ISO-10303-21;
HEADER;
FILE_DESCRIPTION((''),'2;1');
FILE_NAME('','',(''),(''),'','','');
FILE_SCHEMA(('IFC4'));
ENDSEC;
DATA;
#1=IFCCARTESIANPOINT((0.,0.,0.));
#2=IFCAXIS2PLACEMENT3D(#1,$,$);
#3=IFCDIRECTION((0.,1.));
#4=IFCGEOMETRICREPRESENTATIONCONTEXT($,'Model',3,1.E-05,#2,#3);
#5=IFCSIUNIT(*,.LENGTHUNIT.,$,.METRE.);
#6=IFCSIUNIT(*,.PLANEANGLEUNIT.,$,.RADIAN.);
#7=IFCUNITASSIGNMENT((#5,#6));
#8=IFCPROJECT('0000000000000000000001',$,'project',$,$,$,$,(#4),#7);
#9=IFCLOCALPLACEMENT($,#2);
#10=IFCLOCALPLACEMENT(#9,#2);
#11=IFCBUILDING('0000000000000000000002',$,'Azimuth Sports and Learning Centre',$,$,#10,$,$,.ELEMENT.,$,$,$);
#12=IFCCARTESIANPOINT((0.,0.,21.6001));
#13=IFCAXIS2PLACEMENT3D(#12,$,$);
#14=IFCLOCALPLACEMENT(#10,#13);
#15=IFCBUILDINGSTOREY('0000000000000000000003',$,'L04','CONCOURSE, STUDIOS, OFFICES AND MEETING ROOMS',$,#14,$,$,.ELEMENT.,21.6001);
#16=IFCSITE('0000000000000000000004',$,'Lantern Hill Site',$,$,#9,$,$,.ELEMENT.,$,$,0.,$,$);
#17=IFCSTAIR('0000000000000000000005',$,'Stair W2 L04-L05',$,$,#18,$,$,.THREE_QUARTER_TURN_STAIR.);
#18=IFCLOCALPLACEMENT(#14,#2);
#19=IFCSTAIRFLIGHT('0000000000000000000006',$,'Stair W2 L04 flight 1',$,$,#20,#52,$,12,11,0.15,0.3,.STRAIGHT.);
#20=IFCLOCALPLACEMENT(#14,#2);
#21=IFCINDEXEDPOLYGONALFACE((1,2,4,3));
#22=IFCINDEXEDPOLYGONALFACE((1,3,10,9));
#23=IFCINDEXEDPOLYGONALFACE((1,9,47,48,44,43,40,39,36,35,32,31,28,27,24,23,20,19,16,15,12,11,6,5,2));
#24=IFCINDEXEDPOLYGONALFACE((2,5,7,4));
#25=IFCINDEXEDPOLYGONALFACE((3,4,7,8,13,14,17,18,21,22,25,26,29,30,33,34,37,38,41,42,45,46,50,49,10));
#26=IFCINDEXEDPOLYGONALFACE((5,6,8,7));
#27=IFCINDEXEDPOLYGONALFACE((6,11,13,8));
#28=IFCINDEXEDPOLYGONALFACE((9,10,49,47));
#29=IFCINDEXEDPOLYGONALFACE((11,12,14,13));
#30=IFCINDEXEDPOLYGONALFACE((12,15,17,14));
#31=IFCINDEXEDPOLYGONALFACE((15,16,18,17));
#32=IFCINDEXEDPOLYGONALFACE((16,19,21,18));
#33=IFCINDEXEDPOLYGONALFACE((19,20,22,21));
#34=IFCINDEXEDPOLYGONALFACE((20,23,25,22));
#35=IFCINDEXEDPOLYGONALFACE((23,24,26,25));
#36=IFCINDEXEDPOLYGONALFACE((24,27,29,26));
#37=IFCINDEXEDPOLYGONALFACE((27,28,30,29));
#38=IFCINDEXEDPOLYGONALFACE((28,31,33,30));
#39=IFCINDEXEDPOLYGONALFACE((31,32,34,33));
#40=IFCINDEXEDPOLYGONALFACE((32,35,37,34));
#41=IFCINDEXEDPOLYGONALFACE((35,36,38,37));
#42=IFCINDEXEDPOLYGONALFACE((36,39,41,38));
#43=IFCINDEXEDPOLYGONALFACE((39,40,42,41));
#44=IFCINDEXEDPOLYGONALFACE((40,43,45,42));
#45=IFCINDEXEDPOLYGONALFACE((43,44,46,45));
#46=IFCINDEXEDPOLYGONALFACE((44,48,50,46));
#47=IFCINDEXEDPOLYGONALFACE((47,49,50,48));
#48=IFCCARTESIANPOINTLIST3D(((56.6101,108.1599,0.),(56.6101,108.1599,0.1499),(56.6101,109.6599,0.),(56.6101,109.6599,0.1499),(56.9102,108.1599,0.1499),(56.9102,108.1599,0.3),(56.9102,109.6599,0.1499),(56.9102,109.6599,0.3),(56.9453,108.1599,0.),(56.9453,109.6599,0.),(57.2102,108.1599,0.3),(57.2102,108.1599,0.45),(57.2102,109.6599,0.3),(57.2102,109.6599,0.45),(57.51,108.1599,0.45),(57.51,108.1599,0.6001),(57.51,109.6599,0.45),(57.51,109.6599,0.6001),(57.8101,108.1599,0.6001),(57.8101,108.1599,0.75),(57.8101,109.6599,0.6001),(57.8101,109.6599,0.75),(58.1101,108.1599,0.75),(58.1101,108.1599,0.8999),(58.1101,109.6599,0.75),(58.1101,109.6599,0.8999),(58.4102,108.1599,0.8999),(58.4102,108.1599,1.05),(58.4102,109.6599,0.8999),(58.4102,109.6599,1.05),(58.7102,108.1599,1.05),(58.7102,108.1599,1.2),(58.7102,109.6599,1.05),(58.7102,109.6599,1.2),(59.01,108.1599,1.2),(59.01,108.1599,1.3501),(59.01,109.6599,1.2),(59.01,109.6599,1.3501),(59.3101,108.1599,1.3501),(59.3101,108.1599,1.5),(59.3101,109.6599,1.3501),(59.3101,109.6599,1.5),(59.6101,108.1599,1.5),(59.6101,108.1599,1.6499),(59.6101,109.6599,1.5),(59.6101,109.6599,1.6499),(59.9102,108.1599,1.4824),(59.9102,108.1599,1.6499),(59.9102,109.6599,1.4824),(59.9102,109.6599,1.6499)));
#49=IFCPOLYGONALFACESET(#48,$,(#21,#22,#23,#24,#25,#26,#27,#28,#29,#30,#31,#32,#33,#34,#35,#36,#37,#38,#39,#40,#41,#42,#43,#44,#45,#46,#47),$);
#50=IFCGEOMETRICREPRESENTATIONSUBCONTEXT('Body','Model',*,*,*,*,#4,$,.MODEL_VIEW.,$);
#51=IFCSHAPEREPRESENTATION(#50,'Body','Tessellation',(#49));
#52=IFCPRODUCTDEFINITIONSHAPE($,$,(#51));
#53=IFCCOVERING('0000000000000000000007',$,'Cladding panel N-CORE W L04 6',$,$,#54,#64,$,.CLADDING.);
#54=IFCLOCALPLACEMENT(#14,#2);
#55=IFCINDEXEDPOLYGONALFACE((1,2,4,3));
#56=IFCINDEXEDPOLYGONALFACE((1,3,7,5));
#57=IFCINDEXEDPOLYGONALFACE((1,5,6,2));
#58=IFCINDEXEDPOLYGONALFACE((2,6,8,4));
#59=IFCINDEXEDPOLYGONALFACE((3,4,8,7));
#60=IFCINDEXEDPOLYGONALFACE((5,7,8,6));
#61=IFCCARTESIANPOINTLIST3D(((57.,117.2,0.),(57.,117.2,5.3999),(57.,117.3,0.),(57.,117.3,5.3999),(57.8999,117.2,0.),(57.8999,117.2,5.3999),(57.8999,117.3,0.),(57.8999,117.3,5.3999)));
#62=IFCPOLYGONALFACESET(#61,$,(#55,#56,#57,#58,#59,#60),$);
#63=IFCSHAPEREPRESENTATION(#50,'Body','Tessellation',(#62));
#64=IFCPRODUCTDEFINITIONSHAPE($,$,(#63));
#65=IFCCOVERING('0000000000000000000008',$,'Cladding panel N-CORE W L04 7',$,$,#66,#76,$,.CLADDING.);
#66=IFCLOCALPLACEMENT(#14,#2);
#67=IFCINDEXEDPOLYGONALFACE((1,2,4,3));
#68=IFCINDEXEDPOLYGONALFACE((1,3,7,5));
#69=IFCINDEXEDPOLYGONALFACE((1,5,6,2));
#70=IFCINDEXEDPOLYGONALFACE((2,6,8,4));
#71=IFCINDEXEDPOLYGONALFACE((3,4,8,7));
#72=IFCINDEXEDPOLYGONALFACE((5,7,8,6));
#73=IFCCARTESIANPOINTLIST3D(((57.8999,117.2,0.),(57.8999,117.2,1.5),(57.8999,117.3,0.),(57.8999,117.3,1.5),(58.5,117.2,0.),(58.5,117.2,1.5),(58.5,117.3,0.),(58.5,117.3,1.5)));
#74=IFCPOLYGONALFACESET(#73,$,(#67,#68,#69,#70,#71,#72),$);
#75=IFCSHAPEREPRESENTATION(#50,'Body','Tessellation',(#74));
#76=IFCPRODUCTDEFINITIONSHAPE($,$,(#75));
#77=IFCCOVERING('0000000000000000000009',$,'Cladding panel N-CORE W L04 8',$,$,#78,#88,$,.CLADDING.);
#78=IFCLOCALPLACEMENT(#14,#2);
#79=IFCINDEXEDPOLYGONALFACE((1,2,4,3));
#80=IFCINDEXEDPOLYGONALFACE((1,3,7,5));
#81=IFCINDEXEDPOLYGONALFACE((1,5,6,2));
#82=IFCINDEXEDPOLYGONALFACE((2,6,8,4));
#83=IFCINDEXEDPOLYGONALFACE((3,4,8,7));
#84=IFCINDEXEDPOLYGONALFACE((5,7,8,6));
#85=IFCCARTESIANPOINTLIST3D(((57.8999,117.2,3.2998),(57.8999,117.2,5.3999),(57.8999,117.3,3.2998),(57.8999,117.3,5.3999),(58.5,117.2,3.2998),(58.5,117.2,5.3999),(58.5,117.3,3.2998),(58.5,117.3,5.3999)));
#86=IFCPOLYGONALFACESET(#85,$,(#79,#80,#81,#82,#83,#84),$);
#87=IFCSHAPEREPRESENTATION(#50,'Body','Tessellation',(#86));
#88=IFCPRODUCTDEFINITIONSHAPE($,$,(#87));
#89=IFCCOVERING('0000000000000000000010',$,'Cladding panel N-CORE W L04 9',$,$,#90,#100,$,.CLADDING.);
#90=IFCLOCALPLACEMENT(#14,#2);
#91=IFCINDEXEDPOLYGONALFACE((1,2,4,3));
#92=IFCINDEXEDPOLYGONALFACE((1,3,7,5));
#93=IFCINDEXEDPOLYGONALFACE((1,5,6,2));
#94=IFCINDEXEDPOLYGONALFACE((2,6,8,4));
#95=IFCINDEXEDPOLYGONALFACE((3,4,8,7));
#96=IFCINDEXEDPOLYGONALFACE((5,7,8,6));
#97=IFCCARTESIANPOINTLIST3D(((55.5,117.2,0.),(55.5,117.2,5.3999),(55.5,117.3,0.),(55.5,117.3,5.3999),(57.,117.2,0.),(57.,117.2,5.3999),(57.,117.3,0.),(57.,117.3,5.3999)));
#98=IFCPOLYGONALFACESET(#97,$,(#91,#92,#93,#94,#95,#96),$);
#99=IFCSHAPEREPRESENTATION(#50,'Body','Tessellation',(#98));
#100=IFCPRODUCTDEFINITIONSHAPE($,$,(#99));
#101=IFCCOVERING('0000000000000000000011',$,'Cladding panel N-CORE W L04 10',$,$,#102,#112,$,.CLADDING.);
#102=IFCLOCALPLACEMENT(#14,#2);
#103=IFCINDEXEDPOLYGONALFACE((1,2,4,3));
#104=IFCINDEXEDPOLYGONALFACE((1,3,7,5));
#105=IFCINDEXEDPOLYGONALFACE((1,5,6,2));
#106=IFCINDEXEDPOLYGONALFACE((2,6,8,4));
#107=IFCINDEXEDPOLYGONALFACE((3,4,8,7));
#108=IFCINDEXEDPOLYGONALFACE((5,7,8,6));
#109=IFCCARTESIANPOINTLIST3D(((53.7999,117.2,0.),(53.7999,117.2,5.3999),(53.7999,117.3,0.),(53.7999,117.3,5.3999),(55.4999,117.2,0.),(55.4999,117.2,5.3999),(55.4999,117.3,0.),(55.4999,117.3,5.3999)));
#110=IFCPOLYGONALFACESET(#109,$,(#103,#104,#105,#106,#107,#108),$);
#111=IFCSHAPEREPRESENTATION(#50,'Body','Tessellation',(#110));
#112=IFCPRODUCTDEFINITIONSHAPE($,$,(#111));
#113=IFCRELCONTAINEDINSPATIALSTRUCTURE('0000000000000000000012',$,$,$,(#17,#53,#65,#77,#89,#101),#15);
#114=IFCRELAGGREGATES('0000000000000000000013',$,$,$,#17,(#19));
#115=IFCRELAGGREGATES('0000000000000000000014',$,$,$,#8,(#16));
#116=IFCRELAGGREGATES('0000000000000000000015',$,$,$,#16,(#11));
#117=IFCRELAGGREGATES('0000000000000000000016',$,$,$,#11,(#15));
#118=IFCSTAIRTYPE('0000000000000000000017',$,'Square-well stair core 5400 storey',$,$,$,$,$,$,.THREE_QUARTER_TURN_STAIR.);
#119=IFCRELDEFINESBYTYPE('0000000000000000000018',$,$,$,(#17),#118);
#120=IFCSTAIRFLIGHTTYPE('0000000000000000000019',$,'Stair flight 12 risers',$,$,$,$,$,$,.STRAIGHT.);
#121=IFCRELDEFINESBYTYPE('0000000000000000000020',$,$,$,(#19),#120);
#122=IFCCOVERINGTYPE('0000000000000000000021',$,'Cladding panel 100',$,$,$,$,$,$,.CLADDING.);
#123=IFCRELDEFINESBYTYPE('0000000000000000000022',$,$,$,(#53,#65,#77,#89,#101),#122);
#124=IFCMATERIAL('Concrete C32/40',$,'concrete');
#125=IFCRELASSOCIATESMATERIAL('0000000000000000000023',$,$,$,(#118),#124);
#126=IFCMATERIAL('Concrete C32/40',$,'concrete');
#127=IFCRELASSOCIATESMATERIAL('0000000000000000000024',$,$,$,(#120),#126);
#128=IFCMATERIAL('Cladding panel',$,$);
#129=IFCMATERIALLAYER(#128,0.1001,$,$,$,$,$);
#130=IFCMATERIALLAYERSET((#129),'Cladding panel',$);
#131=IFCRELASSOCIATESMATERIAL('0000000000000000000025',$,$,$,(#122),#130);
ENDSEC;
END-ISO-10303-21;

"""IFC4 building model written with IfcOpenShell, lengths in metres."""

from ifc_helpers import new_model, si_unit, direction, frame, origin, origin_2d, place, context, subcontext, project, spatial, polyline, rectangle, outline, extrude, material, layer, layer_set, type_object, element, aggregate, save


model = new_model("IFC4")

# Units and contexts
model_context = context("Model", 3, precision=1e-05, world=origin(), true_north=direction((0.0, 1.0)))
body_context = subcontext(model_context, "Body", "Model", "MODEL_VIEW")
ifc_project = project(units=[si_unit("LENGTHUNIT", "METRE"), si_unit("PLANEANGLEUNIT", "RADIAN")], contexts=[model_context])

# Site, building, storey
site_placement = place(None, origin())
site = spatial("IfcSite", under=ifc_project, at=site_placement, Name="Lantern Hill Site", CompositionType="ELEMENT", RefElevation=0.0)
building_placement = place(site_placement, origin())
building = spatial("IfcBuilding", under=site, at=building_placement, Name="Azimuth Sports and Learning Centre", CompositionType="ELEMENT")
storey_placement = place(building_placement, frame((0.0, 0.0, 21.6001)))
storey = spatial("IfcBuildingStorey", under=building, at=storey_placement, Name="L04", Description="CONCOURSE, STUDIOS, OFFICES AND MEETING ROOMS", CompositionType="ELEMENT", Elevation=21.6001)

# Stair, stair flight
ifc_material_1 = material(Name="Concrete C32/40", Category="concrete")
stair_type = type_object("IfcStairType", Name="Square-well stair core 5400 storey", PredefinedType="THREE_QUARTER_TURN_STAIR", material=ifc_material_1)
stair_placement = place(storey_placement, origin())
stair = element("IfcStair", 1, at=stair_placement, inside=storey, type_object=stair_type, Name="Stair W2 L04-L05", PredefinedType="THREE_QUARTER_TURN_STAIR")
ifc_material_2 = material(Name="Concrete C32/40", Category="concrete")
stair_flight_type = type_object("IfcStairFlightType", Name="Stair flight 12 risers", PredefinedType="STRAIGHT", material=ifc_material_2)
stair_flight_placement = place(storey_placement, frame((56.6101, 108.9099, 0.0), z_axis=(0.0, 0.0, 1.0), x_axis=(1.0, 0.0, 0.0)))
stair_flight = element("IfcStairFlight", 2, at=stair_flight_placement, type_object=stair_flight_type, Name="Stair W2 L04 flight 1", NumberOfRisers=12, NumberOfTreads=11, PredefinedType="STRAIGHT", RiserHeight=0.15, TreadLength=0.3, context=body_context, shape_type="SweptSolid", body=[
    extrude(outline(polyline([(0.0, 0.0), (0.0, 0.1499), (0.3, 0.1499), (0.3, 0.3), (0.6001, 0.3), (0.6001, 0.45), (0.8999, 0.45), (0.8999, 0.6001), (1.2, 0.6001), (1.2, 0.75), (1.5, 0.75), (1.5, 0.8999), (1.8, 0.8999), (1.8, 1.05), (2.1001, 1.05), (2.1001, 1.2), (2.3999, 1.2), (2.3999, 1.3501), (2.7, 1.3501), (2.7, 1.5), (3.0, 1.5), (3.0, 1.6499), (3.3, 1.6499), (3.3, 1.8), (3.3, 1.4824), (0.3352, 0.0), (0.0, 0.0)])), frame((0.0, 0.75, 0.0), z_axis=(0.0, -1.0, 0.0), x_axis=(1.0, 0.0, 0.0)), (0.0, 0.0, 1.0), 1.5),
])
aggregate(stair, [stair_flight])

# Coverings
ifc_material_3 = material(Name="Cladding panel")
ifc_layer_1 = layer(ifc_material_3, 0.1001)
ifc_layer_set_1 = layer_set([ifc_layer_1], Name="Cladding panel")
covering_type = type_object("IfcCoveringType", Name="Cladding panel 100", PredefinedType="CLADDING", material=ifc_layer_set_1)
covering_1_placement = place(storey_placement, frame((57.45, 117.25, 0.0), z_axis=(0.0, 0.0, 1.0), x_axis=(-1.0, 0.0, 0.0)))
element("IfcCovering", 3, at=covering_1_placement, inside=storey, type_object=covering_type, Name="Cladding panel N-CORE W L04 6", PredefinedType="CLADDING", context=body_context, shape_type="SweptSolid", body=[
    extrude(rectangle(XDim=0.8999, YDim=0.1001, at=origin_2d()), origin(), (0.0, 0.0, 1.0), 5.3999),
])
covering_2_placement = place(storey_placement, frame((58.2, 117.25, 0.0), z_axis=(0.0, 0.0, 1.0), x_axis=(-1.0, 0.0, 0.0)))
element("IfcCovering", 4, at=covering_2_placement, inside=storey, type_object=covering_type, Name="Cladding panel N-CORE W L04 7", PredefinedType="CLADDING", context=body_context, shape_type="SweptSolid", body=[
    extrude(rectangle(XDim=0.6001, YDim=0.1001, at=origin_2d()), origin(), (0.0, 0.0, 1.0), 1.5),
])
covering_3_placement = place(storey_placement, frame((58.2, 117.25, 3.2998), z_axis=(0.0, 0.0, 1.0), x_axis=(-1.0, 0.0, 0.0)))
element("IfcCovering", 5, at=covering_3_placement, inside=storey, type_object=covering_type, Name="Cladding panel N-CORE W L04 8", PredefinedType="CLADDING", context=body_context, shape_type="SweptSolid", body=[
    extrude(rectangle(XDim=0.6001, YDim=0.1001, at=origin_2d()), origin(), (0.0, 0.0, 1.0), 2.1001),
])
covering_4_placement = place(storey_placement, frame((56.25, 117.25, 0.0), z_axis=(0.0, 0.0, 1.0), x_axis=(-1.0, 0.0, 0.0)))
element("IfcCovering", 6, at=covering_4_placement, inside=storey, type_object=covering_type, Name="Cladding panel N-CORE W L04 9", PredefinedType="CLADDING", context=body_context, shape_type="SweptSolid", body=[
    extrude(rectangle(XDim=1.5, YDim=0.1001, at=origin_2d()), origin(), (0.0, 0.0, 1.0), 5.3999),
])
covering_5_placement = place(storey_placement, frame((54.6499, 117.25, 0.0), z_axis=(0.0, 0.0, 1.0), x_axis=(-1.0, 0.0, 0.0)))
element("IfcCovering", 7, at=covering_5_placement, inside=storey, type_object=covering_type, Name="Cladding panel N-CORE W L04 10", PredefinedType="CLADDING", context=body_context, shape_type="SweptSolid", body=[
    extrude(rectangle(XDim=1.7, YDim=0.1001, at=origin_2d()), origin(), (0.0, 0.0, 1.0), 5.3999),
])

save(model, "model.ifc")
